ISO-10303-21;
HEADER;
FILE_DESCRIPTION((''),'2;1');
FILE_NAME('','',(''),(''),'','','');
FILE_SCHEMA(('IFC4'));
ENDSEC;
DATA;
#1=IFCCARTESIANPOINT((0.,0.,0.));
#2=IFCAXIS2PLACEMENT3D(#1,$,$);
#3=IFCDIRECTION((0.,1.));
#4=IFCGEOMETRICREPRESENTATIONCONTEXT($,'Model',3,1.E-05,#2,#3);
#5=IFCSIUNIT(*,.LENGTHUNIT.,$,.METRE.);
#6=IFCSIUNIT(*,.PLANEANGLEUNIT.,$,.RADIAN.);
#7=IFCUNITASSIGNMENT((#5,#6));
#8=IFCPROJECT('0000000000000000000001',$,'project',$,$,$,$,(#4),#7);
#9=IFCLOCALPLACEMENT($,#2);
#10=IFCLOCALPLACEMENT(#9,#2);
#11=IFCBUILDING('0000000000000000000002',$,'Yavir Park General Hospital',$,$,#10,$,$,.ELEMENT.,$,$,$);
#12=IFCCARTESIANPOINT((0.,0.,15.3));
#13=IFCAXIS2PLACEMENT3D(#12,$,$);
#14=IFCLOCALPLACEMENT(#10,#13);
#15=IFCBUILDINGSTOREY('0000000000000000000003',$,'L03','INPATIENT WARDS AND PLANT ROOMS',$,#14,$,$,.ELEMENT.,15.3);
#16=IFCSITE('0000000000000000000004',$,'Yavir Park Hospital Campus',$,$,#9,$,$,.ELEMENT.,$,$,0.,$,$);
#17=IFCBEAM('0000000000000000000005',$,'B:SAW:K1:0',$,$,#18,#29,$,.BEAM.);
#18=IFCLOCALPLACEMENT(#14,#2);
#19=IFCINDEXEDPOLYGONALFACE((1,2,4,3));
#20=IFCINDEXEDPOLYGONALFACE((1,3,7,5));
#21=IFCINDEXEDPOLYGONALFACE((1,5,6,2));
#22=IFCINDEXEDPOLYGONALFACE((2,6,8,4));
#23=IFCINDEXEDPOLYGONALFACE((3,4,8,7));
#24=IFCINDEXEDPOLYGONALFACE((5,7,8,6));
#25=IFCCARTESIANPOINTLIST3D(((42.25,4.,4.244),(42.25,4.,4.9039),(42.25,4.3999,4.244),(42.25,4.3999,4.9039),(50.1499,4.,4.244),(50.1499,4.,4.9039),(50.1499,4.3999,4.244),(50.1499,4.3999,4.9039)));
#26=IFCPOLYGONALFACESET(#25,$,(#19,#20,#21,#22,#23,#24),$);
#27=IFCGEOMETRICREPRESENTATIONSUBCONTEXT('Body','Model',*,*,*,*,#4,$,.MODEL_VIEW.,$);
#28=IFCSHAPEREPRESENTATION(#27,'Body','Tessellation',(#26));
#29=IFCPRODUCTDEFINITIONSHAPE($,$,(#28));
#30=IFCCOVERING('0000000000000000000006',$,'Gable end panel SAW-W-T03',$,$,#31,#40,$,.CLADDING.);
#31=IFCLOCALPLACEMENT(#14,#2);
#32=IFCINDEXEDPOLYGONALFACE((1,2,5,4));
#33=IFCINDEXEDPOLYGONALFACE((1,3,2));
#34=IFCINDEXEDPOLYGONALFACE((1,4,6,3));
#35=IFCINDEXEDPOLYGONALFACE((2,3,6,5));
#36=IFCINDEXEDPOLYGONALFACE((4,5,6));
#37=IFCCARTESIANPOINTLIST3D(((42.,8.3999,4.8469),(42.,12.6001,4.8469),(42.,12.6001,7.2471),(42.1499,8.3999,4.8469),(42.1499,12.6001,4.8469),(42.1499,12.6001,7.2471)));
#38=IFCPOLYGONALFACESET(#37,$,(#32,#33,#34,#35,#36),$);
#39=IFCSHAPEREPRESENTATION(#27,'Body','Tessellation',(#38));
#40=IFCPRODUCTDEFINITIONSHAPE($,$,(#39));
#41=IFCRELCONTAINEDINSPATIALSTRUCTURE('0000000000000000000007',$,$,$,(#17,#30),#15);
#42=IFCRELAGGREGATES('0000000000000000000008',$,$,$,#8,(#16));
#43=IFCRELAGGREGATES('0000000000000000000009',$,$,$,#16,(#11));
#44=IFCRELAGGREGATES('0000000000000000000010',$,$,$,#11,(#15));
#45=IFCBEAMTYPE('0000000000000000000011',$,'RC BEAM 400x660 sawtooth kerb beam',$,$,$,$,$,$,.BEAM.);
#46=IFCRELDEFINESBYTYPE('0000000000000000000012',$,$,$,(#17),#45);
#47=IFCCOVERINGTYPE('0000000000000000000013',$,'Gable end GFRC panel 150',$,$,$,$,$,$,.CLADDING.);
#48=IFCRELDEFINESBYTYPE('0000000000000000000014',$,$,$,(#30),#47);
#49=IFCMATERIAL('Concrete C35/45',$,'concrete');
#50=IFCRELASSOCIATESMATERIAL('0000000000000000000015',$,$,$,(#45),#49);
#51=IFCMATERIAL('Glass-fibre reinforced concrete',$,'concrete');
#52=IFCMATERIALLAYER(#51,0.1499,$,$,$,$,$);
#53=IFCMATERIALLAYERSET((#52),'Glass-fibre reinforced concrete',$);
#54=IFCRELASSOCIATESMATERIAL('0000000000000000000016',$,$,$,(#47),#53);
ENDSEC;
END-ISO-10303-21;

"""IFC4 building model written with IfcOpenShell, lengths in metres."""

from ifc_helpers import new_model, si_unit, direction, frame, origin, origin_2d, place, context, subcontext, project, spatial, polyline, rectangle, outline, extrude, material, layer, layer_set, material_profile, profile_set, type_object, element, save


model = new_model("IFC4")

# Units and contexts
model_context = context("Model", 3, precision=1e-05, world=origin(), true_north=direction((0.0, 1.0)))
body_context = subcontext(model_context, "Body", "Model", "MODEL_VIEW")
ifc_project = project(units=[si_unit("LENGTHUNIT", "METRE"), si_unit("PLANEANGLEUNIT", "RADIAN")], contexts=[model_context])

# Site, building, storey
site_placement = place(None, origin())
site = spatial("IfcSite", under=ifc_project, at=site_placement, Name="Yavir Park Hospital Campus", CompositionType="ELEMENT", RefElevation=0.0)
building_placement = place(site_placement, origin())
building = spatial("IfcBuilding", under=site, at=building_placement, Name="Yavir Park General Hospital", CompositionType="ELEMENT")
storey_placement = place(building_placement, frame((0.0, 0.0, 15.3)))
storey = spatial("IfcBuildingStorey", under=building, at=storey_placement, Name="L03", Description="INPATIENT WARDS AND PLANT ROOMS", CompositionType="ELEMENT", Elevation=15.3)

# Beam
ifc_material_1 = material(Name="Concrete C35/45", Category="concrete")
ifc_material_profile = material_profile(ifc_material_1, rectangle(XDim=0.3999, YDim=0.6599, at=origin_2d()), Name="RC400x660")
ifc_profile_set = profile_set([ifc_material_profile], Name="Concrete C35/45")
beam_type = type_object("IfcBeamType", Name="RC BEAM 400x660 sawtooth kerb beam", PredefinedType="BEAM", material=ifc_profile_set)
beam_placement = place(storey_placement, frame((42.25, 4.2, 4.574), z_axis=(1.0, 0.0, 0.0), x_axis=(0.0, 1.0, 0.0)))
element("IfcBeam", 1, at=beam_placement, inside=storey, type_object=beam_type, Name="B:SAW:K1:0", PredefinedType="BEAM", context=body_context, shape_type="SweptSolid", body=[
    extrude(rectangle(XDim=0.3999, YDim=0.6599, at=origin_2d()), origin(), (0.0, 0.0, 1.0), 7.8999),
])

# Covering
ifc_material_2 = material(Name="Glass-fibre reinforced concrete", Category="concrete")
ifc_layer_1 = layer(ifc_material_2, 0.1499)
ifc_layer_set_1 = layer_set([ifc_layer_1], Name="Glass-fibre reinforced concrete")
covering_type = type_object("IfcCoveringType", Name="Gable end GFRC panel 150", PredefinedType="CLADDING", material=ifc_layer_set_1)
covering_placement = place(storey_placement, frame((42.0, 8.3999, 4.8469), z_axis=(-1.0, 0.0, 0.0), x_axis=(0.0, 1.0, 0.0)))
element("IfcCovering", 2, at=covering_placement, inside=storey, type_object=covering_type, Name="Gable end panel SAW-W-T03", PredefinedType="CLADDING", context=body_context, shape_type="SweptSolid", body=[
    extrude(outline(polyline([(0.0, 0.0), (4.2002, 0.0), (4.2002, -2.4001), (0.0, 0.0)])), origin(), (0.0, 0.0, -1.0), 0.1499),
])

save(model, "model.ifc")
